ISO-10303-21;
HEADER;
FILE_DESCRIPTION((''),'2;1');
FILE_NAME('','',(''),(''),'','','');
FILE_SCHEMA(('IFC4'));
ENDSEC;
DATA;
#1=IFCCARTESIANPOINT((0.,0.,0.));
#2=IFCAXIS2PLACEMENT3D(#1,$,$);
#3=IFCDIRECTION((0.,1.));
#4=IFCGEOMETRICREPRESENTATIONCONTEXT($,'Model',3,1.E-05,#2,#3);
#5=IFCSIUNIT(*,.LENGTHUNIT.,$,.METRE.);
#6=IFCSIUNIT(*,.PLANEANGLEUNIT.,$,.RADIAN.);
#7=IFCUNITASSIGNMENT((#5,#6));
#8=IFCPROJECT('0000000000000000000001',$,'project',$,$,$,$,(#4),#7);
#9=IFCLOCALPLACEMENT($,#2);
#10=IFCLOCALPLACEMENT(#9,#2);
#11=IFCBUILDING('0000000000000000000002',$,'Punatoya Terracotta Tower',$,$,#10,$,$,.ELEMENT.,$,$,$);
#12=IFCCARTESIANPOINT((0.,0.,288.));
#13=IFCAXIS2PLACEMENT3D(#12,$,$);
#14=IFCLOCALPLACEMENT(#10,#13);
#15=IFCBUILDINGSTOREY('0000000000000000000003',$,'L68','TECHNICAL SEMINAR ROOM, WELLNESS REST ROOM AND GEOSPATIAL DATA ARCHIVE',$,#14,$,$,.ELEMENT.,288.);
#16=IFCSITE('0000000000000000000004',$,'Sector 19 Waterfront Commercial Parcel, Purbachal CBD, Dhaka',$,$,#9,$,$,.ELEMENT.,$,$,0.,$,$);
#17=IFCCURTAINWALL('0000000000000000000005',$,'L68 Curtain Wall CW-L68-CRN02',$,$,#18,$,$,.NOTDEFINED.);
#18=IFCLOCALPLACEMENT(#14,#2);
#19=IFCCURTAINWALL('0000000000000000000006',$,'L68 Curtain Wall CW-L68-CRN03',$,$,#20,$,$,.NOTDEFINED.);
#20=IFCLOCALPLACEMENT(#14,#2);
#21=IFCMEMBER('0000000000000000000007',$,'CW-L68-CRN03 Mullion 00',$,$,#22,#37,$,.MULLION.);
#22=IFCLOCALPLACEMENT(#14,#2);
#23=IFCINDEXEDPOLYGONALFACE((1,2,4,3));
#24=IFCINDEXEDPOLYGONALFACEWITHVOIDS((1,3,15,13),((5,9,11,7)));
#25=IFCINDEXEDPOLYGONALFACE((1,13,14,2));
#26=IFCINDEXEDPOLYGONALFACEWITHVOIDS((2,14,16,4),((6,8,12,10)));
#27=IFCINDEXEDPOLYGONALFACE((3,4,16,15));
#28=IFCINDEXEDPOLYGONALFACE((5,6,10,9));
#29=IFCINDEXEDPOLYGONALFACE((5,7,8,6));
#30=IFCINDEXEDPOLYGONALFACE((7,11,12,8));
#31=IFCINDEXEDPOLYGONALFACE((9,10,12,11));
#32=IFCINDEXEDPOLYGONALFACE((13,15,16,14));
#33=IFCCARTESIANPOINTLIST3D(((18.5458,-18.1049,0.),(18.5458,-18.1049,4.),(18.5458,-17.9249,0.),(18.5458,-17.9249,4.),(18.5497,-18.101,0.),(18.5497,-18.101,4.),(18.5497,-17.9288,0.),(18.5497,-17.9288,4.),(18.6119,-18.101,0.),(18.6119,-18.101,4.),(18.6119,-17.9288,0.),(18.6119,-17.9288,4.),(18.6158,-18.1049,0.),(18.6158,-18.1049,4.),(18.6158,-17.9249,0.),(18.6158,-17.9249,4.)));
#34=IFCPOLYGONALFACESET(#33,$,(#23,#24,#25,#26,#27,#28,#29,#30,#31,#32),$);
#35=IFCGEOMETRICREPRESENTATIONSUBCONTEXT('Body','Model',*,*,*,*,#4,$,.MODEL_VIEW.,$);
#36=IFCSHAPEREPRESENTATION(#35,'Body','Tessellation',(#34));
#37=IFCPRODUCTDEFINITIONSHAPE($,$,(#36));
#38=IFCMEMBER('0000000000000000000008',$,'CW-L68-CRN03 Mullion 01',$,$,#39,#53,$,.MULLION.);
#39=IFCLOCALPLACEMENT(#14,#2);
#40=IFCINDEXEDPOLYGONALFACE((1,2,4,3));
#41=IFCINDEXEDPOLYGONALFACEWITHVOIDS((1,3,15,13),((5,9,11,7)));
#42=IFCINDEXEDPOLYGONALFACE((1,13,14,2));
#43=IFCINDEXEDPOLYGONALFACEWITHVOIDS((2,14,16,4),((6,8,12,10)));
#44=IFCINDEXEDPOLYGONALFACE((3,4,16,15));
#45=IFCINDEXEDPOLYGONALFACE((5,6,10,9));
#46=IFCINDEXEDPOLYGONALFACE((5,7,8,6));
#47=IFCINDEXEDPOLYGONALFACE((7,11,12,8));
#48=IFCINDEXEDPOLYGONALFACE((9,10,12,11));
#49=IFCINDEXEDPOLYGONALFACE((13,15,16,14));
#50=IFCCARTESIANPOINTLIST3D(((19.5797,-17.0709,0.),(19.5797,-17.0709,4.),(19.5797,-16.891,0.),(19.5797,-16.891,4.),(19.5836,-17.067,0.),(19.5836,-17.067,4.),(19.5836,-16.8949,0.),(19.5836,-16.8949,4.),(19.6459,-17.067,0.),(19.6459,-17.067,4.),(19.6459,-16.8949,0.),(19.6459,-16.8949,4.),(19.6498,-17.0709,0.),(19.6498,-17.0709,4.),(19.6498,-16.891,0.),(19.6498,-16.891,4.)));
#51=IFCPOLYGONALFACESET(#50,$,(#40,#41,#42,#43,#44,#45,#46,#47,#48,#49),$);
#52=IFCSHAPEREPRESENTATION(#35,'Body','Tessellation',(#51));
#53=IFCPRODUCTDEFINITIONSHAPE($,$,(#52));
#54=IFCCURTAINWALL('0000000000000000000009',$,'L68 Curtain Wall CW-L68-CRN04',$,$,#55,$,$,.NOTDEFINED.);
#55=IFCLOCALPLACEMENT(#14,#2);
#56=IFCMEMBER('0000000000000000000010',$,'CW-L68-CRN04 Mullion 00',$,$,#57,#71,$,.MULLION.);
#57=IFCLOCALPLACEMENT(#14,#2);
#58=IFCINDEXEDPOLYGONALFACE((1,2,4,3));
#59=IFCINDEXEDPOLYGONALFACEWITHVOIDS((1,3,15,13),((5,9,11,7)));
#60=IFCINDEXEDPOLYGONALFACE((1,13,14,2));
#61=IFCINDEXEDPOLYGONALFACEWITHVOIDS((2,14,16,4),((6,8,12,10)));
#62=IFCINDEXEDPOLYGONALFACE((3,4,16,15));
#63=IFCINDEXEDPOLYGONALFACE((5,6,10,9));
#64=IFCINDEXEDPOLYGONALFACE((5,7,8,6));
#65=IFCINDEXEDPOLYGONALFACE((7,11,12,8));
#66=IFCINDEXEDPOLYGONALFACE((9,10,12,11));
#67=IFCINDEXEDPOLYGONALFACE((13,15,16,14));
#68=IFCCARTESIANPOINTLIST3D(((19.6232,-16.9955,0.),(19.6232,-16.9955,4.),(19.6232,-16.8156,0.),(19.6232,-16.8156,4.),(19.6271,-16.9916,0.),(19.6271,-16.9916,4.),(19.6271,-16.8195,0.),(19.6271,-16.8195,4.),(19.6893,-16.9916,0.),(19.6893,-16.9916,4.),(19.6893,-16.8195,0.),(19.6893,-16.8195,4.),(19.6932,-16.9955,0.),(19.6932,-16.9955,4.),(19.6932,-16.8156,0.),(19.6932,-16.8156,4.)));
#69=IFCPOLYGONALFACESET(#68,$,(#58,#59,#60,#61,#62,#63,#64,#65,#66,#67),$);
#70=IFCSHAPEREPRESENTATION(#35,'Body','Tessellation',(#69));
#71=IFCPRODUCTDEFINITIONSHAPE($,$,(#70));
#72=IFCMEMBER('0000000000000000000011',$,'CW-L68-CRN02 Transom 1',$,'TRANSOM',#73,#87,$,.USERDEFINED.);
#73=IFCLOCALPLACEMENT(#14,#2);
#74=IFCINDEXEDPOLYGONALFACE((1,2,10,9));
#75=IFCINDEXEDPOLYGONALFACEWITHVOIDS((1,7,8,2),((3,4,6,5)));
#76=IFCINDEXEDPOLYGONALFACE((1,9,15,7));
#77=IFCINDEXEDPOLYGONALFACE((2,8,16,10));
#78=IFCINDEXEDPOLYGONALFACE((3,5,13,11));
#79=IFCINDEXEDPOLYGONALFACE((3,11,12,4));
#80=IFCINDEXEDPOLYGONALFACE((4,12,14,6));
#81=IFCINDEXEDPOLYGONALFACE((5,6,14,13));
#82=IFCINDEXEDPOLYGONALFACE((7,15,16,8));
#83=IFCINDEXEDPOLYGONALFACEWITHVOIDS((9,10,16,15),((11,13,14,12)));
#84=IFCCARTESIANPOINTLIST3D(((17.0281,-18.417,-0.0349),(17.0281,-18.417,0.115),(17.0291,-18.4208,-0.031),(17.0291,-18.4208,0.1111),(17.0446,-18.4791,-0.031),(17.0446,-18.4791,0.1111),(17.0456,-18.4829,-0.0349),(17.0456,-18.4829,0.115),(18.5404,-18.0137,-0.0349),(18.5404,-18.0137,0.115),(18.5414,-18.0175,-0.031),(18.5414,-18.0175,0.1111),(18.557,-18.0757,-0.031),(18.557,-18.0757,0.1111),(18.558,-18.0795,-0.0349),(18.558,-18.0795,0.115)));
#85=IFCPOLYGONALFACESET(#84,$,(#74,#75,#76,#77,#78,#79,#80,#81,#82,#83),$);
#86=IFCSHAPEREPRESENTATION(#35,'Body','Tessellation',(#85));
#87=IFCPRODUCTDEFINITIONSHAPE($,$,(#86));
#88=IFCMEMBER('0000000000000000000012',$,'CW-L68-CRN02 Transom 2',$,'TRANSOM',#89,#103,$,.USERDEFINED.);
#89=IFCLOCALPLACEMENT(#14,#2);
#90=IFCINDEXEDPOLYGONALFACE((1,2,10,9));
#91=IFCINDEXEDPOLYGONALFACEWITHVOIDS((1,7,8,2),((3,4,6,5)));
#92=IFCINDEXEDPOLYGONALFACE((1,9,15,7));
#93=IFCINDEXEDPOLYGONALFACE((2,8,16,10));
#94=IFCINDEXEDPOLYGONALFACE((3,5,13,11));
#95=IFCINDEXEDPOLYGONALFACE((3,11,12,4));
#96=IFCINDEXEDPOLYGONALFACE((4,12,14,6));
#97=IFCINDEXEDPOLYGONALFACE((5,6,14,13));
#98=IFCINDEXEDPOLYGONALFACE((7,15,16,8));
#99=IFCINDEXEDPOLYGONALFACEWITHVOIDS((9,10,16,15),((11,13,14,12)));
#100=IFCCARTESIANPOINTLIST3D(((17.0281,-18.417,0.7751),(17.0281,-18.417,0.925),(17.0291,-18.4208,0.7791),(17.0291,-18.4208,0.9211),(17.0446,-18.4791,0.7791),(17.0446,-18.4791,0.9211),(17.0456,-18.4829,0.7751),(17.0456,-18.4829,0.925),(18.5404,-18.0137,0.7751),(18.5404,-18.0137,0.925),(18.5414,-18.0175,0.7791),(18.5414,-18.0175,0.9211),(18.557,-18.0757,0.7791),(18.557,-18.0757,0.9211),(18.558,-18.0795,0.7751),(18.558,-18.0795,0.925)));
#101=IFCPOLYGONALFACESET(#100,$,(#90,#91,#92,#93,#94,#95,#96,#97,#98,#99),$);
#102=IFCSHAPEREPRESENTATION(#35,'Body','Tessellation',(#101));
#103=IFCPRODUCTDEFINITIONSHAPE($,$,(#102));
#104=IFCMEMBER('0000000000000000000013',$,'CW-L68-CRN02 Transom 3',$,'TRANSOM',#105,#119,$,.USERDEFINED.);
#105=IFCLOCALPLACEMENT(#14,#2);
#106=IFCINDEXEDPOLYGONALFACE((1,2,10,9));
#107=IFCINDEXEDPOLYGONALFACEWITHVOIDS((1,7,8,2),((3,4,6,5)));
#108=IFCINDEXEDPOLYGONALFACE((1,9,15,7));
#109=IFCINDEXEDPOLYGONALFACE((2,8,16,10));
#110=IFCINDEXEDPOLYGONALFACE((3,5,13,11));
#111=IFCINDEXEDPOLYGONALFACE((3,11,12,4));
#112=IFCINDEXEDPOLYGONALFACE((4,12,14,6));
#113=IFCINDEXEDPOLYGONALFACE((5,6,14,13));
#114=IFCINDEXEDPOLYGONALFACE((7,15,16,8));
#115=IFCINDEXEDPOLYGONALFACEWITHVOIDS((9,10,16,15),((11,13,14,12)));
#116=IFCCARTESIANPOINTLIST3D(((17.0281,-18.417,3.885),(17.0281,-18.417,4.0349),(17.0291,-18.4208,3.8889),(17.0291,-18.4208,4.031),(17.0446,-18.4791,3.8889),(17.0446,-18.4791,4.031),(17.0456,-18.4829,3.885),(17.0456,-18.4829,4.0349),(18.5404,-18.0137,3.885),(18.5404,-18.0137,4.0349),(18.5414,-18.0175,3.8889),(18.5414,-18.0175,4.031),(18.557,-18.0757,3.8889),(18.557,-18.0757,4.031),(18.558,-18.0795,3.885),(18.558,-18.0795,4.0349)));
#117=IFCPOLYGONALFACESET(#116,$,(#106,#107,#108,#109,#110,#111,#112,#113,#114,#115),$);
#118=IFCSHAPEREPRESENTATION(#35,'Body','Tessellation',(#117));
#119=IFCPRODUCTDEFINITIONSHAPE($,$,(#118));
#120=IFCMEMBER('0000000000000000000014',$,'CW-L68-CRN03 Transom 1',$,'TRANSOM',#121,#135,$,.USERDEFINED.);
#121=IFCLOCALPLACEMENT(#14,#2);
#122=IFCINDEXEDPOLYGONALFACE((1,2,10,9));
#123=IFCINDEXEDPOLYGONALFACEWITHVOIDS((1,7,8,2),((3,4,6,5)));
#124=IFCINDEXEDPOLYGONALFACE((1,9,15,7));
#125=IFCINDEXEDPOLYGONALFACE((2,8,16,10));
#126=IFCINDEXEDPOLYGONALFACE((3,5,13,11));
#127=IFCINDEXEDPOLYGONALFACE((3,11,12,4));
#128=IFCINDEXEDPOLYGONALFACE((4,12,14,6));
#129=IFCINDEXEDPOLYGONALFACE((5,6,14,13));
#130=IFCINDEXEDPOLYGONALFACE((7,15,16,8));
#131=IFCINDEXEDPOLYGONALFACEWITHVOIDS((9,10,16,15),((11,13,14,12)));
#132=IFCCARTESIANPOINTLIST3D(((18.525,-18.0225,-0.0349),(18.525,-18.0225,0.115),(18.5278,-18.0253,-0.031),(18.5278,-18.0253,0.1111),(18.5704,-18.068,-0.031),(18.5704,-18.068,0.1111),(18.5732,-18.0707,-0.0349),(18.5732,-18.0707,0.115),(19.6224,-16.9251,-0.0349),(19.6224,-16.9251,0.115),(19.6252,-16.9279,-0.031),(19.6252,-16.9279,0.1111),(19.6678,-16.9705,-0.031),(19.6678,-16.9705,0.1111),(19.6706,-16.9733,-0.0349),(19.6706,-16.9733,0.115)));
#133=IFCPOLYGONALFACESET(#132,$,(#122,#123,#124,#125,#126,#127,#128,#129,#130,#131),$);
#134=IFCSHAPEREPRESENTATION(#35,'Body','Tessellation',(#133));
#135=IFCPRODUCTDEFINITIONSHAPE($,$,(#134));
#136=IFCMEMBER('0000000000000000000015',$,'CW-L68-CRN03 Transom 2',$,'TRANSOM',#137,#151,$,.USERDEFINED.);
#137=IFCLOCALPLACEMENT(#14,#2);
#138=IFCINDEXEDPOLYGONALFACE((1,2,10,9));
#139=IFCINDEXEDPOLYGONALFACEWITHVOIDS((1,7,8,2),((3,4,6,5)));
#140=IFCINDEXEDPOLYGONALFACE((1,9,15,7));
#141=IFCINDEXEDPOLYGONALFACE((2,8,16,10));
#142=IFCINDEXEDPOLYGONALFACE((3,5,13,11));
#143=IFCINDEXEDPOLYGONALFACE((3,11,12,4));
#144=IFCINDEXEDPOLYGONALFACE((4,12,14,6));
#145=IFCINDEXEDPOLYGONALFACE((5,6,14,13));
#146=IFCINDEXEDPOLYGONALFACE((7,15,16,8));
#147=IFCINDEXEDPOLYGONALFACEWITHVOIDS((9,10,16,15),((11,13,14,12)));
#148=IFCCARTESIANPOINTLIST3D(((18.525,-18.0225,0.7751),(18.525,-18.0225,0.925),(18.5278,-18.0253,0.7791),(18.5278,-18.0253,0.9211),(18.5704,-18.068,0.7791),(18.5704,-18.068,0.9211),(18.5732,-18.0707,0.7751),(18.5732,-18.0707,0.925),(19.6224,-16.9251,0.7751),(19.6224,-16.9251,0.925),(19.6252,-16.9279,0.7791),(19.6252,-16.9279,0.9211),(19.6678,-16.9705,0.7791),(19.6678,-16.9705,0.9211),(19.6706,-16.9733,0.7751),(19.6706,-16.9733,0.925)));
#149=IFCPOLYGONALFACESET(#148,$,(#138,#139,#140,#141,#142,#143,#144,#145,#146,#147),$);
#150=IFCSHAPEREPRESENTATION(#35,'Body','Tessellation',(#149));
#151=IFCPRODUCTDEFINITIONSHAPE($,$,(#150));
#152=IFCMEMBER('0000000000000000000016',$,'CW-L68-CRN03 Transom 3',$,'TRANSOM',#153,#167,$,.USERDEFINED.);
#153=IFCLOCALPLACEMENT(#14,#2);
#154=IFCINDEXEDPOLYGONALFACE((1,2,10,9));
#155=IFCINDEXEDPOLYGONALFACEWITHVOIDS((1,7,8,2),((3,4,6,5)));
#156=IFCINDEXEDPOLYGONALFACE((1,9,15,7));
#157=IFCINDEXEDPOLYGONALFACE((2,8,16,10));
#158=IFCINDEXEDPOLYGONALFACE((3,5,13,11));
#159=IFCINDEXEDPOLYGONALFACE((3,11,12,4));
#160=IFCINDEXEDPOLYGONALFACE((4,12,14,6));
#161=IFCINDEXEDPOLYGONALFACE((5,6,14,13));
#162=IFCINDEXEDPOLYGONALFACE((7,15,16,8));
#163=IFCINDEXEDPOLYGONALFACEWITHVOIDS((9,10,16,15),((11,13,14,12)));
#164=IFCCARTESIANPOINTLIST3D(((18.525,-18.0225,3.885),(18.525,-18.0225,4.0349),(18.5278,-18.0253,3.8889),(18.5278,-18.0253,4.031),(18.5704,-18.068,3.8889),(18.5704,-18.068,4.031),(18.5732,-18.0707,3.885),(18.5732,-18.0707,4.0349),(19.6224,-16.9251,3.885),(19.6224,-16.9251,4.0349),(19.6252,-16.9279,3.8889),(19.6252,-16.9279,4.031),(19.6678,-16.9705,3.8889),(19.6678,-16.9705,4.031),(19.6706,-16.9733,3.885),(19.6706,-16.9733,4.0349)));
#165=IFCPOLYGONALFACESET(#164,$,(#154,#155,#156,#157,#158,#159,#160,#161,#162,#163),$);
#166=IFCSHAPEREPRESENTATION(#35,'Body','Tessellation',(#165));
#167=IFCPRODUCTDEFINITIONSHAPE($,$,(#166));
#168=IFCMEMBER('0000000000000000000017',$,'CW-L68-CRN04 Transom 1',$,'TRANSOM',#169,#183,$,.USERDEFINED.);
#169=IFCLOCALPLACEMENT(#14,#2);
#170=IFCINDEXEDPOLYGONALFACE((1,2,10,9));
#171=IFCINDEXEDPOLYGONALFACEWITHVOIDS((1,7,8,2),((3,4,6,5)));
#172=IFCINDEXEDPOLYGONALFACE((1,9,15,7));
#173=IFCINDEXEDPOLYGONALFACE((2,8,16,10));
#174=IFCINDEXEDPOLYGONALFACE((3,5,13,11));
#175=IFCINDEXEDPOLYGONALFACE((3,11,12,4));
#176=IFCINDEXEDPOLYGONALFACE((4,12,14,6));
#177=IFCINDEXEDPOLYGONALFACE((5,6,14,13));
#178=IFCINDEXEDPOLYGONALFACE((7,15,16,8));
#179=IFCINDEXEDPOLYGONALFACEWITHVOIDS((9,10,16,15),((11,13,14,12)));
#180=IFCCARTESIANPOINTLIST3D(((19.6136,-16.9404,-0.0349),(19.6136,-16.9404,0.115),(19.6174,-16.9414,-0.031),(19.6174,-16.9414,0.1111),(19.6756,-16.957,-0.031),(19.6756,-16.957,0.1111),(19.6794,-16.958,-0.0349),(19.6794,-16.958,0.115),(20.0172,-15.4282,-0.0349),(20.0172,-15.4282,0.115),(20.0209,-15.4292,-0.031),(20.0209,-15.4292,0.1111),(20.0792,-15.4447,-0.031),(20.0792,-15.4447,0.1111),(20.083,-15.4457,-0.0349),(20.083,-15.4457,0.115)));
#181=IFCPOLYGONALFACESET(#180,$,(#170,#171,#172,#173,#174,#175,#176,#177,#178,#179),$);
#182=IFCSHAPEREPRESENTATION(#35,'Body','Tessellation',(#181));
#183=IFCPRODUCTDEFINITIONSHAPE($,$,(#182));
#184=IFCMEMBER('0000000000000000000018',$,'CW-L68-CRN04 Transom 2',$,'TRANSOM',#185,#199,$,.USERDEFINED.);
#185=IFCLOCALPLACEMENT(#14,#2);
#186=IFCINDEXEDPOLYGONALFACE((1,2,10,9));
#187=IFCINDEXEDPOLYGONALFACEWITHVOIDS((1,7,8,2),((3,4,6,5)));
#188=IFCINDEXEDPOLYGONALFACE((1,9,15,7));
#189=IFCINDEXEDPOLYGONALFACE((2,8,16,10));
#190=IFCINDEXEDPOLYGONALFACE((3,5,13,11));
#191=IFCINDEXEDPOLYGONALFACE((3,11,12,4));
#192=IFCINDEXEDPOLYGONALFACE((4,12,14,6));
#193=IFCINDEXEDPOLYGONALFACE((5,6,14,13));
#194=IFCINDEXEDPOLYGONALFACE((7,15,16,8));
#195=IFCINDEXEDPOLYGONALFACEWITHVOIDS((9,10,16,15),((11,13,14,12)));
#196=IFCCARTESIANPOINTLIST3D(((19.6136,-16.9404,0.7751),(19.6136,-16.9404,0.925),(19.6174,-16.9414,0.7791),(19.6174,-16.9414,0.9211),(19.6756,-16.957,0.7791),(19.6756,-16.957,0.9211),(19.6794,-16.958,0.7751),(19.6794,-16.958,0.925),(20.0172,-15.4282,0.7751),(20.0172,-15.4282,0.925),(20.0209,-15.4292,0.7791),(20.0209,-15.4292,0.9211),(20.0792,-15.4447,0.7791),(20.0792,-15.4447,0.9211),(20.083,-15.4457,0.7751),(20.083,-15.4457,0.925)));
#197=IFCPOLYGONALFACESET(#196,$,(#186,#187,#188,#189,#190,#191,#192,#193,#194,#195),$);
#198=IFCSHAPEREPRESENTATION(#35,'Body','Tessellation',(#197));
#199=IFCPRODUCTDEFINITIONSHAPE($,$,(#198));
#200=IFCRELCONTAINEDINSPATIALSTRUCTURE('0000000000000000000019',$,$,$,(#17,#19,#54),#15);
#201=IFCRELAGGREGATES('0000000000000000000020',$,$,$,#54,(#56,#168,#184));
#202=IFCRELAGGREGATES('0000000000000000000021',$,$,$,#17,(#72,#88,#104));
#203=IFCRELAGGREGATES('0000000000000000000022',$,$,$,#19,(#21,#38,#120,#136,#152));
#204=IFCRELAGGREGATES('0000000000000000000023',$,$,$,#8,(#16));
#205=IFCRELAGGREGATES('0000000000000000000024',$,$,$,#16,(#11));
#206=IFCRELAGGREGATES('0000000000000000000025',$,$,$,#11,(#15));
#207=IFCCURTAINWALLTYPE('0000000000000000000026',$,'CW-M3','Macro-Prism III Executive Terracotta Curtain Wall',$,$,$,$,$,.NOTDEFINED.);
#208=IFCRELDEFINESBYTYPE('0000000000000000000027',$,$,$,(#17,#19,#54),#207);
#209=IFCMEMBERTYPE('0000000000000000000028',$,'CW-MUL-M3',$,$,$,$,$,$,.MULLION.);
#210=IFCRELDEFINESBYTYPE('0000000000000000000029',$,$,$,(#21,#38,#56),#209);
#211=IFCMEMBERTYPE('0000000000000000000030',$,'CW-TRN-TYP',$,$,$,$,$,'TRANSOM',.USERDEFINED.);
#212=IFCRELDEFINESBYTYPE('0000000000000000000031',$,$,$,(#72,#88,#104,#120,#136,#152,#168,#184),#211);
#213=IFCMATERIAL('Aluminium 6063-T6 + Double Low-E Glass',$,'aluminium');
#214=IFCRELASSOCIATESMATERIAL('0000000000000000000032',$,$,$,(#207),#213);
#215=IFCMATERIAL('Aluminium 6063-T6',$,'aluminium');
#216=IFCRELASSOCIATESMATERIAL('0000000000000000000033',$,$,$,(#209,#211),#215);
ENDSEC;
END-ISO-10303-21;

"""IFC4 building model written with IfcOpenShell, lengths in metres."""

from ifc_helpers import new_model, si_unit, direction, frame, origin, origin_2d, place, context, subcontext, project, spatial, hollow_rectangle, extrude, material, material_profile, profile_set, type_object, element, aggregate, save


model = new_model("IFC4")

# Units and contexts
model_context = context("Model", 3, precision=1e-05, world=origin(), true_north=direction((0.0, 1.0)))
body_context = subcontext(model_context, "Body", "Model", "MODEL_VIEW")
ifc_project = project(units=[si_unit("LENGTHUNIT", "METRE"), si_unit("PLANEANGLEUNIT", "RADIAN")], contexts=[model_context])

# Site, building, storey
site_placement = place(None, origin())
site = spatial("IfcSite", under=ifc_project, at=site_placement, Name="Sector 19 Waterfront Commercial Parcel, Purbachal CBD, Dhaka", CompositionType="ELEMENT", RefElevation=0.0)
building_placement = place(site_placement, origin())
building = spatial("IfcBuilding", under=site, at=building_placement, Name="Punatoya Terracotta Tower", CompositionType="ELEMENT")
storey_placement = place(building_placement, frame((0.0, 0.0, 288.0)))
storey = spatial("IfcBuildingStorey", under=building, at=storey_placement, Name="L68", Description="TECHNICAL SEMINAR ROOM, WELLNESS REST ROOM AND GEOSPATIAL DATA ARCHIVE", CompositionType="ELEMENT", Elevation=288.0)

# Curtain walls, members
ifc_material_1 = material(Name="Aluminium 6063-T6 + Double Low-E Glass", Category="aluminium")
curtain_wall_type = type_object("IfcCurtainWallType", Name="CW-M3", Description="Macro-Prism III Executive Terracotta Curtain Wall", PredefinedType="NOTDEFINED", material=ifc_material_1)
ifc_material_2 = material(Name="Aluminium 6063-T6", Category="aluminium")
ifc_material_profile_1 = material_profile(ifc_material_2, hollow_rectangle(XDim=0.0701, YDim=0.1799, WallThickness=0.0039, at=origin_2d()))
ifc_profile_set_1 = profile_set([ifc_material_profile_1], Name="Aluminium 6063-T6")
member_type_1 = type_object("IfcMemberType", Name="CW-MUL-M3", PredefinedType="MULLION", material=ifc_profile_set_1)
curtain_wall_1_placement = place(storey_placement, origin())
curtain_wall_1 = element("IfcCurtainWall", 1, at=curtain_wall_1_placement, inside=storey, type_object=curtain_wall_type, Name="L68 Curtain Wall CW-L68-CRN02", PredefinedType="NOTDEFINED")
curtain_wall_2_placement = place(storey_placement, origin())
curtain_wall_2 = element("IfcCurtainWall", 2, at=curtain_wall_2_placement, inside=storey, type_object=curtain_wall_type, Name="L68 Curtain Wall CW-L68-CRN03", PredefinedType="NOTDEFINED")
member_1_placement = place(storey_placement, frame((18.5808, -18.0149, 0.0), z_axis=(0.0, 0.0, 1.0), x_axis=(1.0, 0.0, 0.0)))
member_1 = element("IfcMember", 3, at=member_1_placement, type_object=member_type_1, Name="CW-L68-CRN03 Mullion 00", PredefinedType="MULLION", context=body_context, shape_type="SweptSolid", body=[
    extrude(hollow_rectangle(XDim=0.0701, YDim=0.1799, WallThickness=0.0039, at=origin_2d()), origin(), (0.0, 0.0, 1.0), 4.0),
])
member_2_placement = place(storey_placement, frame((19.6147, -16.981, 0.0), z_axis=(0.0, 0.0, 1.0), x_axis=(1.0, 0.0, 0.0)))
member_2 = element("IfcMember", 4, at=member_2_placement, type_object=member_type_1, Name="CW-L68-CRN03 Mullion 01", PredefinedType="MULLION", context=body_context, shape_type="SweptSolid", body=[
    extrude(hollow_rectangle(XDim=0.0701, YDim=0.1799, WallThickness=0.0039, at=origin_2d()), origin(), (0.0, 0.0, 1.0), 4.0),
])

# Curtain wall, member
curtain_wall_3_placement = place(storey_placement, origin())
curtain_wall_3 = element("IfcCurtainWall", 5, at=curtain_wall_3_placement, inside=storey, type_object=curtain_wall_type, Name="L68 Curtain Wall CW-L68-CRN04", PredefinedType="NOTDEFINED")
member_3_placement = place(storey_placement, frame((19.6582, -16.9055, 0.0), z_axis=(0.0, 0.0, 1.0), x_axis=(1.0, 0.0, 0.0)))
member_3 = element("IfcMember", 6, at=member_3_placement, type_object=member_type_1, Name="CW-L68-CRN04 Mullion 00", PredefinedType="MULLION", context=body_context, shape_type="SweptSolid", body=[
    extrude(hollow_rectangle(XDim=0.0701, YDim=0.1799, WallThickness=0.0039, at=origin_2d()), origin(), (0.0, 0.0, 1.0), 4.0),
])

# Members
ifc_material_profile_2 = material_profile(ifc_material_2, hollow_rectangle(XDim=0.0681, YDim=0.1499, WallThickness=0.0039, at=origin_2d()))
ifc_profile_set_2 = profile_set([ifc_material_profile_2], Name="Aluminium 6063-T6")
member_type_2 = type_object("IfcMemberType", Name="CW-TRN-TYP", ElementType="TRANSOM", PredefinedType="USERDEFINED", material=ifc_profile_set_2)
member_4_placement = place(storey_placement, frame((17.0369, -18.45, 0.04), z_axis=(0.966225, 0.257701, 0.0), x_axis=(-0.257701, 0.966225, 0.0)))
member_4 = element("IfcMember", 7, at=member_4_placement, type_object=member_type_2, Name="CW-L68-CRN02 Transom 1", ObjectType="TRANSOM", PredefinedType="USERDEFINED", context=body_context, shape_type="SweptSolid", body=[
    extrude(hollow_rectangle(XDim=0.0681, YDim=0.1499, WallThickness=0.0039, at=origin_2d()), origin(), (0.0, 0.0, 1.0), 1.5652),
])
member_5_placement = place(storey_placement, frame((17.0369, -18.45, 0.8501), z_axis=(0.966225, 0.257701, 0.0), x_axis=(-0.257701, 0.966225, 0.0)))
member_5 = element("IfcMember", 8, at=member_5_placement, type_object=member_type_2, Name="CW-L68-CRN02 Transom 2", ObjectType="TRANSOM", PredefinedType="USERDEFINED", context=body_context, shape_type="SweptSolid", body=[
    extrude(hollow_rectangle(XDim=0.0681, YDim=0.1499, WallThickness=0.0039, at=origin_2d()), origin(), (0.0, 0.0, 1.0), 1.5652),
])
member_6_placement = place(storey_placement, frame((17.0369, -18.45, 3.96), z_axis=(0.966225, 0.257701, 0.0), x_axis=(-0.257701, 0.966225, 0.0)))
member_6 = element("IfcMember", 9, at=member_6_placement, type_object=member_type_2, Name="CW-L68-CRN02 Transom 3", ObjectType="TRANSOM", PredefinedType="USERDEFINED", context=body_context, shape_type="SweptSolid", body=[
    extrude(hollow_rectangle(XDim=0.0681, YDim=0.1499, WallThickness=0.0039, at=origin_2d()), origin(), (0.0, 0.0, 1.0), 1.5652),
])
member_7_placement = place(storey_placement, frame((18.5491, -18.0466, 0.04), z_axis=(0.707107, 0.707107, 0.0), x_axis=(-0.707107, 0.707107, 0.0)))
member_7 = element("IfcMember", 10, at=member_7_placement, type_object=member_type_2, Name="CW-L68-CRN03 Transom 1", ObjectType="TRANSOM", PredefinedType="USERDEFINED", context=body_context, shape_type="SweptSolid", body=[
    extrude(hollow_rectangle(XDim=0.0681, YDim=0.1499, WallThickness=0.0039, at=origin_2d()), origin(), (0.0, 0.0, 1.0), 1.552),
])
member_8_placement = place(storey_placement, frame((18.5491, -18.0466, 0.8501), z_axis=(0.707107, 0.707107, 0.0), x_axis=(-0.707107, 0.707107, 0.0)))
member_8 = element("IfcMember", 11, at=member_8_placement, type_object=member_type_2, Name="CW-L68-CRN03 Transom 2", ObjectType="TRANSOM", PredefinedType="USERDEFINED", context=body_context, shape_type="SweptSolid", body=[
    extrude(hollow_rectangle(XDim=0.0681, YDim=0.1499, WallThickness=0.0039, at=origin_2d()), origin(), (0.0, 0.0, 1.0), 1.552),
])
member_9_placement = place(storey_placement, frame((18.5491, -18.0466, 3.96), z_axis=(0.707107, 0.707107, 0.0), x_axis=(-0.707107, 0.707107, 0.0)))
member_9 = element("IfcMember", 12, at=member_9_placement, type_object=member_type_2, Name="CW-L68-CRN03 Transom 3", ObjectType="TRANSOM", PredefinedType="USERDEFINED", context=body_context, shape_type="SweptSolid", body=[
    extrude(hollow_rectangle(XDim=0.0681, YDim=0.1499, WallThickness=0.0039, at=origin_2d()), origin(), (0.0, 0.0, 1.0), 1.552),
])
member_10_placement = place(storey_placement, frame((19.6465, -16.9492, 0.04), z_axis=(0.257847, 0.966186, 0.0), x_axis=(-0.966186, 0.257847, 0.0)))
member_10 = element("IfcMember", 13, at=member_10_placement, type_object=member_type_2, Name="CW-L68-CRN04 Transom 1", ObjectType="TRANSOM", PredefinedType="USERDEFINED", context=body_context, shape_type="SweptSolid", body=[
    extrude(hollow_rectangle(XDim=0.0681, YDim=0.1499, WallThickness=0.0039, at=origin_2d()), origin(), (0.0, 0.0, 1.0), 1.5652),
])
member_11_placement = place(storey_placement, frame((19.6465, -16.9492, 0.8501), z_axis=(0.257847, 0.966186, 0.0), x_axis=(-0.966186, 0.257847, 0.0)))
member_11 = element("IfcMember", 14, at=member_11_placement, type_object=member_type_2, Name="CW-L68-CRN04 Transom 2", ObjectType="TRANSOM", PredefinedType="USERDEFINED", context=body_context, shape_type="SweptSolid", body=[
    extrude(hollow_rectangle(XDim=0.0681, YDim=0.1499, WallThickness=0.0039, at=origin_2d()), origin(), (0.0, 0.0, 1.0), 1.5652),
])
aggregate(curtain_wall_3, [member_3, member_10, member_11])

aggregate(curtain_wall_1, [member_4, member_5, member_6])
aggregate(curtain_wall_2, [member_1, member_2, member_7, member_8, member_9])

save(model, "model.ifc")
